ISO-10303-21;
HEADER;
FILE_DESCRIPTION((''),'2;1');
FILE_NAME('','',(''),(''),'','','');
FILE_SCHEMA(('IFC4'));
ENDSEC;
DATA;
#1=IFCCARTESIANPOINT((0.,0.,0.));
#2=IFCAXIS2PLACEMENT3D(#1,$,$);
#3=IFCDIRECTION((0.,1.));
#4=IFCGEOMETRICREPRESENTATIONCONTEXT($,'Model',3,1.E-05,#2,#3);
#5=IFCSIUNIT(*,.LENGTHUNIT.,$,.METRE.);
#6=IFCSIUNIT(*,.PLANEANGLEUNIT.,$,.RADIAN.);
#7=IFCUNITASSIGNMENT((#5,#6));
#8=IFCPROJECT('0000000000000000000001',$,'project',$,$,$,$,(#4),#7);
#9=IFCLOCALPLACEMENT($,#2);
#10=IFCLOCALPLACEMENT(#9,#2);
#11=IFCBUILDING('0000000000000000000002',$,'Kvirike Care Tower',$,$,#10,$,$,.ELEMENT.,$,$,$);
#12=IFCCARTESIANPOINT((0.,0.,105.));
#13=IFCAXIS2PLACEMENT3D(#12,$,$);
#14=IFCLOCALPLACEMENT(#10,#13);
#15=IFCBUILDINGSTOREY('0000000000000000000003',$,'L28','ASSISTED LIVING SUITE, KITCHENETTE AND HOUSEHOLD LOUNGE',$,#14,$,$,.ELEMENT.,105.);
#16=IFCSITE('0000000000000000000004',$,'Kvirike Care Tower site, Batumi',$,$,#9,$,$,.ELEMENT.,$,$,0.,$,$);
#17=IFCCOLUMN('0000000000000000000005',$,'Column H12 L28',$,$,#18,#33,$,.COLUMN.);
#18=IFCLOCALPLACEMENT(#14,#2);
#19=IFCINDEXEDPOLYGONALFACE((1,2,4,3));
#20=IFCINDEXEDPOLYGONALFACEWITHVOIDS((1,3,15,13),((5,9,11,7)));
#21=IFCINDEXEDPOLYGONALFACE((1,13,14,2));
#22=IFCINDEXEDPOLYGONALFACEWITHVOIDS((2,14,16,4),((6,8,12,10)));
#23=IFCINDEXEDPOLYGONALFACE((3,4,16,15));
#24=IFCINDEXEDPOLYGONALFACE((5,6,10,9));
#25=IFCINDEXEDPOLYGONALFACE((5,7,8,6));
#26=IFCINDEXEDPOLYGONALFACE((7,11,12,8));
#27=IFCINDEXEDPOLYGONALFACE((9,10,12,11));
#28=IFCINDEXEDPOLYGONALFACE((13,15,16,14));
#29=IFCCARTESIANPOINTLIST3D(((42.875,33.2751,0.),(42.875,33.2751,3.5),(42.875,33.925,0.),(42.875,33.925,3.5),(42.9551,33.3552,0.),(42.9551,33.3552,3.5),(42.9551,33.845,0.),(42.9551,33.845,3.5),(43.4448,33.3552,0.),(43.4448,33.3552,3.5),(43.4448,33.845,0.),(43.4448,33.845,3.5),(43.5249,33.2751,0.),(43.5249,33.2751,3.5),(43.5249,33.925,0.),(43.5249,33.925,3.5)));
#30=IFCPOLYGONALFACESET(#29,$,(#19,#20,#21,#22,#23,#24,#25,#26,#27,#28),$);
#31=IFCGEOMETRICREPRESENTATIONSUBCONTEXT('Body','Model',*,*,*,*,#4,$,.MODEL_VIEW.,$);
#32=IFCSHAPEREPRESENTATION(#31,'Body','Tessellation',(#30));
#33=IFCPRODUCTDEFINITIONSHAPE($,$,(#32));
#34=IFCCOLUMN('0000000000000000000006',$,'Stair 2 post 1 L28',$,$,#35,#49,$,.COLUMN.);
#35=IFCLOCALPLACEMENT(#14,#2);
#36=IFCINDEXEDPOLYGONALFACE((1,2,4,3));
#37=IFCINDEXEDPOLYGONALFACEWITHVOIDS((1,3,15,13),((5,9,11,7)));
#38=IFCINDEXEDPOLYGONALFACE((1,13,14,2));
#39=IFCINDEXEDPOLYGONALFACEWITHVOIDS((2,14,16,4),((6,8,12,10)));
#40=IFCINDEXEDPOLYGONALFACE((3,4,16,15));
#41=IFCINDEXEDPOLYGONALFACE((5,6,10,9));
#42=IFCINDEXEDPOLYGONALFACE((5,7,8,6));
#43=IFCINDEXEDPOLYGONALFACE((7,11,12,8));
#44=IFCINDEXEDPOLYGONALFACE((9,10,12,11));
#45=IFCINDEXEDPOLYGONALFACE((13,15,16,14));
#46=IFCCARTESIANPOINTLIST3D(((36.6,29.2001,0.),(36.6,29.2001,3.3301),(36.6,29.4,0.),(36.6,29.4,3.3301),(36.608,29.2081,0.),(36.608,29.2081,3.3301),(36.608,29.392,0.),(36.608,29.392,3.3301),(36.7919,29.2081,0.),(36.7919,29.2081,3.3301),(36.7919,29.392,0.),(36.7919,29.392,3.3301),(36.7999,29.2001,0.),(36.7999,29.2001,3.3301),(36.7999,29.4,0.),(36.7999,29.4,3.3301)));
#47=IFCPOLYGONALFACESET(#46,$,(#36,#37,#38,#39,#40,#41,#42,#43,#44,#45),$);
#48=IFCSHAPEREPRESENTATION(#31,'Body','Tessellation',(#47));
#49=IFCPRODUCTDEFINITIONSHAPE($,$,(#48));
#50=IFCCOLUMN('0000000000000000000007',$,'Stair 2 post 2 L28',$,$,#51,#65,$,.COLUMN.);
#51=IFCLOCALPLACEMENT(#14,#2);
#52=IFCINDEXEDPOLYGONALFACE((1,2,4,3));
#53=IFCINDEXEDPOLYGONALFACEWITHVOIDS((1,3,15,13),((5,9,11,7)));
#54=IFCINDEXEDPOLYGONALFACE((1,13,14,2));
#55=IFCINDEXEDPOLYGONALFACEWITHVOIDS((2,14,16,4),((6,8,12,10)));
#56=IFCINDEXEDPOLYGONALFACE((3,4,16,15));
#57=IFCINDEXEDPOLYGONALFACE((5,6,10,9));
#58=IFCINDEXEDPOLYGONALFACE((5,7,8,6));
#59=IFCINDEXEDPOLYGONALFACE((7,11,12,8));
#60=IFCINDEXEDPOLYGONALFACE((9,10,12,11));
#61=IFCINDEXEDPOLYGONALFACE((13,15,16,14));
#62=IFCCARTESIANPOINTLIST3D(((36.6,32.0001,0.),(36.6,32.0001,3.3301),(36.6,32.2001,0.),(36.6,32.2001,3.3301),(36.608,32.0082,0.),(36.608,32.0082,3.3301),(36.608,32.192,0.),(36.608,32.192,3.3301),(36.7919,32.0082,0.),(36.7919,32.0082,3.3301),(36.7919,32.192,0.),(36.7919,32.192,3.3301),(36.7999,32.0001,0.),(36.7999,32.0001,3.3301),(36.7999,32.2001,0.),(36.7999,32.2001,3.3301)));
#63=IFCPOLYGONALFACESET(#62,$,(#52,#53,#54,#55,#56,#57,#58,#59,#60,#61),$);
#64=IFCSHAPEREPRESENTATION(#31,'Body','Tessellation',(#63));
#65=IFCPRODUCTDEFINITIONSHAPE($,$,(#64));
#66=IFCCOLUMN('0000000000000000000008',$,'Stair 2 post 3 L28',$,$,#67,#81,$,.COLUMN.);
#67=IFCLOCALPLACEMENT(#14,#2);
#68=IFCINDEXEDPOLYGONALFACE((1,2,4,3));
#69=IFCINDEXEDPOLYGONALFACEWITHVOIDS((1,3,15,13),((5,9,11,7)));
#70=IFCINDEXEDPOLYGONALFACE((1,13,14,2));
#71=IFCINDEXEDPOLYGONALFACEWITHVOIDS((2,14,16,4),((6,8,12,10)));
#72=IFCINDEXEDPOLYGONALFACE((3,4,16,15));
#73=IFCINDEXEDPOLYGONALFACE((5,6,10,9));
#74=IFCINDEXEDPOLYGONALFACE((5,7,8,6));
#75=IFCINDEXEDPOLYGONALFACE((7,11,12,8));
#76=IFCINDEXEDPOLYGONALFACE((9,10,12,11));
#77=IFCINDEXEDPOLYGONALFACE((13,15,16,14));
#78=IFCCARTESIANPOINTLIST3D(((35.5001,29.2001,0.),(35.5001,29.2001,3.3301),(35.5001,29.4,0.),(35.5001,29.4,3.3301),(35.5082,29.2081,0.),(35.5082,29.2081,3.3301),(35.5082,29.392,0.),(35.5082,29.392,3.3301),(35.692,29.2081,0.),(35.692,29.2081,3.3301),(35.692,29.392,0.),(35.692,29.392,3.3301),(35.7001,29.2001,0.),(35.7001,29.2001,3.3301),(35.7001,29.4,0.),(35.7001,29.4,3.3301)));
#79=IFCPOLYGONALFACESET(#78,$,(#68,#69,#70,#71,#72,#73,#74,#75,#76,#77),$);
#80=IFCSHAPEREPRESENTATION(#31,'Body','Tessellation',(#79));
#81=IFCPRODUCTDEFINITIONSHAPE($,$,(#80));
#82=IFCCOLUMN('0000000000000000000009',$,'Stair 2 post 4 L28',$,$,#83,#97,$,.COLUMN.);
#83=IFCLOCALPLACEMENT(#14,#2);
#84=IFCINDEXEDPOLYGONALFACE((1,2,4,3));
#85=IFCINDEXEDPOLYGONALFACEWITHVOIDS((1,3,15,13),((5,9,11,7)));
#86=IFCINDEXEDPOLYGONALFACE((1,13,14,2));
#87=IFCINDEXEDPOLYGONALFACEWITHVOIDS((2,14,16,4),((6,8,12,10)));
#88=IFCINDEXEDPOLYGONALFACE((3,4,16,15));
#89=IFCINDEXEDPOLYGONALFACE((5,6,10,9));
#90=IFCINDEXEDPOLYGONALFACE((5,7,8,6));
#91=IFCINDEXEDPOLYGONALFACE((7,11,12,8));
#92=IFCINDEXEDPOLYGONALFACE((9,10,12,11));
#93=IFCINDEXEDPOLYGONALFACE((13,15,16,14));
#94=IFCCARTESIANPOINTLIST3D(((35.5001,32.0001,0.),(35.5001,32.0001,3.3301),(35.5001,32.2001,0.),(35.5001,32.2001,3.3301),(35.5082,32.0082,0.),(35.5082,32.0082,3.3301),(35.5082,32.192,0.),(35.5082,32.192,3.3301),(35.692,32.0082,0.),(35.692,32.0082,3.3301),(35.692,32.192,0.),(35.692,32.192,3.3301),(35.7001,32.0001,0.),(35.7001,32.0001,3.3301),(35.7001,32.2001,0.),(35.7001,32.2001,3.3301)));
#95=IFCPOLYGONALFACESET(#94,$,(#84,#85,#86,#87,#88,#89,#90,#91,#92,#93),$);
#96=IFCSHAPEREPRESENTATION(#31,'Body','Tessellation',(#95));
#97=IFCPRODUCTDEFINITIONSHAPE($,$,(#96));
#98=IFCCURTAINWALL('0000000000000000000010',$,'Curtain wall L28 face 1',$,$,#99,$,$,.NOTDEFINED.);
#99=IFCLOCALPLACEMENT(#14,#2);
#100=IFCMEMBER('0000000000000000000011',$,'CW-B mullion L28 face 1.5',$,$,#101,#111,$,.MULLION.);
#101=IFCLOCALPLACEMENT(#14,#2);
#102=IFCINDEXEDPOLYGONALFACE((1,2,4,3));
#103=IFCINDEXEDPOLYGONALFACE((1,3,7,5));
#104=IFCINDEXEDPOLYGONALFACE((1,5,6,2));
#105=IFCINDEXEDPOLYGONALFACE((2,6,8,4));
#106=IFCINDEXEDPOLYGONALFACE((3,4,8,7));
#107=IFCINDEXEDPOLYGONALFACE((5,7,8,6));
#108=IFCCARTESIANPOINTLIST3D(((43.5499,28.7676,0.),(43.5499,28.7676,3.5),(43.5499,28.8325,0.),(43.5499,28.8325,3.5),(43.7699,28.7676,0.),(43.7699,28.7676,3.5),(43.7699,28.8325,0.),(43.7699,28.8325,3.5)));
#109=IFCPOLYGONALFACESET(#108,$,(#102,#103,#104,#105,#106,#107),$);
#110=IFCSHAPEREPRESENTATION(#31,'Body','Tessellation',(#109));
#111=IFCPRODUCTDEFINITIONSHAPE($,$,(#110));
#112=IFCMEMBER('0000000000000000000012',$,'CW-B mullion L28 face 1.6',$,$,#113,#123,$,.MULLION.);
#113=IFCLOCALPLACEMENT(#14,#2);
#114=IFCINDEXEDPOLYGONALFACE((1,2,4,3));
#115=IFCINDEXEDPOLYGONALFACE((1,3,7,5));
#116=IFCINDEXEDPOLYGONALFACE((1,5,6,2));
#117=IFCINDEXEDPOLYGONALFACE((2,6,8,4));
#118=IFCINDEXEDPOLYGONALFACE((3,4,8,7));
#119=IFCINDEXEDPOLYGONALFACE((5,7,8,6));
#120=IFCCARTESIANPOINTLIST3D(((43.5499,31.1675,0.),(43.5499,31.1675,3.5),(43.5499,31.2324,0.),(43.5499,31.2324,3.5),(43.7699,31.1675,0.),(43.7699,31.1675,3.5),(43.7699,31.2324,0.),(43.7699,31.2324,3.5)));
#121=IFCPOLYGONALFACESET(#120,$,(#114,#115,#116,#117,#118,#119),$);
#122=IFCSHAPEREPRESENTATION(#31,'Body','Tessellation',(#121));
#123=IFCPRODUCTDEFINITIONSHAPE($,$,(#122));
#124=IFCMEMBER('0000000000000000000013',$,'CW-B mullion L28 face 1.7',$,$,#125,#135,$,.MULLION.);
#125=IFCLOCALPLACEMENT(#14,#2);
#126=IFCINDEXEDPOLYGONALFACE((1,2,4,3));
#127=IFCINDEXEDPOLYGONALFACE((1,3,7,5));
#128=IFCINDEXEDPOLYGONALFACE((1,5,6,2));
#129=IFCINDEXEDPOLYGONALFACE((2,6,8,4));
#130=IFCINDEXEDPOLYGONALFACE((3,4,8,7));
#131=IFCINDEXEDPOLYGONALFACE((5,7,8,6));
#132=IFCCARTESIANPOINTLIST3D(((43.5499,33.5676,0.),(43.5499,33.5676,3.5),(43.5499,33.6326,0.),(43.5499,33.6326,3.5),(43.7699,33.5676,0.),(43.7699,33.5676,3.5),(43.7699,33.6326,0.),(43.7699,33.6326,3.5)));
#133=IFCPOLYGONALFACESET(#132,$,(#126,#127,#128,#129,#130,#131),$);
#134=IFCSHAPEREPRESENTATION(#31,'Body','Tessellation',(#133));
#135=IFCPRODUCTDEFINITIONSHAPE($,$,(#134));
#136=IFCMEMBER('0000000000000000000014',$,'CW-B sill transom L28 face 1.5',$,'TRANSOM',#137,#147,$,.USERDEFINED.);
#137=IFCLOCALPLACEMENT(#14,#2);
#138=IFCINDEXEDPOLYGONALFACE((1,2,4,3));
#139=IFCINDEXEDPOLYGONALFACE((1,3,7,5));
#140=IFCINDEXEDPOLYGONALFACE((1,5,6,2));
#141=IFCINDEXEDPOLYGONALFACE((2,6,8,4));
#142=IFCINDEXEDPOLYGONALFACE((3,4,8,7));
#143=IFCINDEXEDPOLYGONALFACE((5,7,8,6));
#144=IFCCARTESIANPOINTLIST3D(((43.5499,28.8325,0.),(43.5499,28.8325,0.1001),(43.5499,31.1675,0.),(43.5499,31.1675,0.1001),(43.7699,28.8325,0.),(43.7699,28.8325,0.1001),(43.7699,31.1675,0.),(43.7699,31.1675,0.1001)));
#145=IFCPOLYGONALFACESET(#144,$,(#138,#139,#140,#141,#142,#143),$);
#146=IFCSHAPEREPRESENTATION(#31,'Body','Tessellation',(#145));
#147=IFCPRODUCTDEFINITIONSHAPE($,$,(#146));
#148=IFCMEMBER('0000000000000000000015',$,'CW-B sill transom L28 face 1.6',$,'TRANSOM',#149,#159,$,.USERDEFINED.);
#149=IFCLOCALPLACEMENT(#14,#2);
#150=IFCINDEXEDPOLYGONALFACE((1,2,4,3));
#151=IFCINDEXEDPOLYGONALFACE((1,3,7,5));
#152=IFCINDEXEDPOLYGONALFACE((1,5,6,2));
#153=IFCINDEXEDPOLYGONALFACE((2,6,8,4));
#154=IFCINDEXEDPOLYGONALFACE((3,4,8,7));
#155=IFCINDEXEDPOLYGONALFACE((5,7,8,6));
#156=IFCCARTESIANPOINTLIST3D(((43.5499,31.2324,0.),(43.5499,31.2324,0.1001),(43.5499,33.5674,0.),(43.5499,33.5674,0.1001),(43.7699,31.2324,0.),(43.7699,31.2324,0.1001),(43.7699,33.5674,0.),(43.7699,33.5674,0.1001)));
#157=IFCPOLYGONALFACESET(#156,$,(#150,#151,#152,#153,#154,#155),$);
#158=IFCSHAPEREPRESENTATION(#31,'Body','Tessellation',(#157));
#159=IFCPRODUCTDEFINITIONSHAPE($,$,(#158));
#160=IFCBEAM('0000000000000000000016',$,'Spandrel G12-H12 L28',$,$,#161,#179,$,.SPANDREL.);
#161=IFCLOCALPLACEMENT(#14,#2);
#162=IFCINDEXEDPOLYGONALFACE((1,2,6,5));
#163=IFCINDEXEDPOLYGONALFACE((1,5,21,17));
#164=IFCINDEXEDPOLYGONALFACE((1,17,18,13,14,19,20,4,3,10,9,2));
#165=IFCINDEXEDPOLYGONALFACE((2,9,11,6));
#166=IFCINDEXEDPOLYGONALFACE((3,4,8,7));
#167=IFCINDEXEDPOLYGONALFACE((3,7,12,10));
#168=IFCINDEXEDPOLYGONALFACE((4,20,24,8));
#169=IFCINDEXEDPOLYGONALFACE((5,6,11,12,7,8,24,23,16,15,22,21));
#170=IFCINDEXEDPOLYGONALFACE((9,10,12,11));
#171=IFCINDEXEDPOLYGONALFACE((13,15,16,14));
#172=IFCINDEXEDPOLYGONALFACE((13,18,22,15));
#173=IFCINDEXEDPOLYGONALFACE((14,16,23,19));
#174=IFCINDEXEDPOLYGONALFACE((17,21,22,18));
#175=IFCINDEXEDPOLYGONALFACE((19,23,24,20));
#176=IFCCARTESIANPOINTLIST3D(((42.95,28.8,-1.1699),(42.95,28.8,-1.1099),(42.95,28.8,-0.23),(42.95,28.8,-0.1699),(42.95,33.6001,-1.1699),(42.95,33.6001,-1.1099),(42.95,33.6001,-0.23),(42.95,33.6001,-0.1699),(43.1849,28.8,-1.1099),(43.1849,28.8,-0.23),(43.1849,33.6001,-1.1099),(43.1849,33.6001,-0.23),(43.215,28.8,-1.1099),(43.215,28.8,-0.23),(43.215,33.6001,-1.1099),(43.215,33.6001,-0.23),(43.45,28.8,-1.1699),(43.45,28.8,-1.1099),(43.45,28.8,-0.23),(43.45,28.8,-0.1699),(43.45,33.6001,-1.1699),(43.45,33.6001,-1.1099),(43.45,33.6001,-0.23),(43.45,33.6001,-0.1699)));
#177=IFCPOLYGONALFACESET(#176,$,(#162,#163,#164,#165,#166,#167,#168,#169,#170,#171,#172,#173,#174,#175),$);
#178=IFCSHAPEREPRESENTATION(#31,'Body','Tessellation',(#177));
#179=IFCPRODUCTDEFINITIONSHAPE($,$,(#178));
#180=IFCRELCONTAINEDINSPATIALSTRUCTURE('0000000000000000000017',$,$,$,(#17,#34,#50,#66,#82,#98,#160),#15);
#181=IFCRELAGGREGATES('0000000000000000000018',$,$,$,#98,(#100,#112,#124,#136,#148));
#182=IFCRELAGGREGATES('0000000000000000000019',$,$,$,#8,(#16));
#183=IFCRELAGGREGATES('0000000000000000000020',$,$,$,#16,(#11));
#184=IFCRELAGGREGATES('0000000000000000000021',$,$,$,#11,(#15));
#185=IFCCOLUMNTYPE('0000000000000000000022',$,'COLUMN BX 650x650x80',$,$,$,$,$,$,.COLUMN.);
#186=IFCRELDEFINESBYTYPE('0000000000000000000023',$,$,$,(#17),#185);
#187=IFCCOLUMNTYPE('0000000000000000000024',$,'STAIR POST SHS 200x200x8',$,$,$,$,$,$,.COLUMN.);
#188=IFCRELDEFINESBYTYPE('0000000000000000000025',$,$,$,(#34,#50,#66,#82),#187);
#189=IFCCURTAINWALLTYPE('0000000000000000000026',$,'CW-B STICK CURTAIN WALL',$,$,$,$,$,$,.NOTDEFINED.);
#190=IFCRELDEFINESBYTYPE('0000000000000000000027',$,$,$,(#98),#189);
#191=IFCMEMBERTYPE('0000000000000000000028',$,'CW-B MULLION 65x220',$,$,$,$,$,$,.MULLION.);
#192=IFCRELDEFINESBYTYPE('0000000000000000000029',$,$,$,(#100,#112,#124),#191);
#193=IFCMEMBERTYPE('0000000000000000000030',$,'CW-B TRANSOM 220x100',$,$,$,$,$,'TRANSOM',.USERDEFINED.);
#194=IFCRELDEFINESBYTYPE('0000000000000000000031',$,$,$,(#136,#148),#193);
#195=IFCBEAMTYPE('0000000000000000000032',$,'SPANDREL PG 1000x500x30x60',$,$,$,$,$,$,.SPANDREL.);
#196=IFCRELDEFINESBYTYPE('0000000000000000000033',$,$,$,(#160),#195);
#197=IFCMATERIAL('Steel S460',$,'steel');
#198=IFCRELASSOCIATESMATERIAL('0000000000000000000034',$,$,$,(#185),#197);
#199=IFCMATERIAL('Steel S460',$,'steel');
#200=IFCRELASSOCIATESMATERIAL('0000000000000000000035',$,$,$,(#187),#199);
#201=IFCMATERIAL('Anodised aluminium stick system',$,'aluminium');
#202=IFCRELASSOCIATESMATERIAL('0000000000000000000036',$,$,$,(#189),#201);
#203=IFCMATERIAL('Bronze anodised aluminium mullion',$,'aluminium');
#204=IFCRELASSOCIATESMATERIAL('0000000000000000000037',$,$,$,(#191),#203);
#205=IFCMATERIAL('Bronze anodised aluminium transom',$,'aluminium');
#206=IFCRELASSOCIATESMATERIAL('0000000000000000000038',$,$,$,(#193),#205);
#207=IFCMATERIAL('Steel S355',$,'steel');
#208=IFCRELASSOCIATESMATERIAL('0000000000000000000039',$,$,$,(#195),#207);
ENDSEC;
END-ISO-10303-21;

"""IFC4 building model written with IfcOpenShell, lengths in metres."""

from ifc_helpers import new_model, si_unit, direction, frame, origin, origin_2d, place, context, subcontext, project, spatial, rectangle, hollow_rectangle, i_section, extrude, material, material_profile, profile_set, type_object, element, aggregate, save


model = new_model("IFC4")

# Units and contexts
model_context = context("Model", 3, precision=1e-05, world=origin(), true_north=direction((0.0, 1.0)))
body_context = subcontext(model_context, "Body", "Model", "MODEL_VIEW")
ifc_project = project(units=[si_unit("LENGTHUNIT", "METRE"), si_unit("PLANEANGLEUNIT", "RADIAN")], contexts=[model_context])

# Site, building, storey
site_placement = place(None, origin())
site = spatial("IfcSite", under=ifc_project, at=site_placement, Name="Kvirike Care Tower site, Batumi", CompositionType="ELEMENT", RefElevation=0.0)
building_placement = place(site_placement, origin())
building = spatial("IfcBuilding", under=site, at=building_placement, Name="Kvirike Care Tower", CompositionType="ELEMENT")
storey_placement = place(building_placement, frame((0.0, 0.0, 105.0)))
storey = spatial("IfcBuildingStorey", under=building, at=storey_placement, Name="L28", Description="ASSISTED LIVING SUITE, KITCHENETTE AND HOUSEHOLD LOUNGE", CompositionType="ELEMENT", Elevation=105.0)

# Columns
ifc_material_1 = material(Name="Steel S460", Category="steel")
ifc_material_profile_1 = material_profile(ifc_material_1, hollow_rectangle(XDim=0.6499, YDim=0.6499, WallThickness=0.0801, at=origin_2d()), Name="BX 650x650x80")
ifc_profile_set_1 = profile_set([ifc_material_profile_1], Name="Steel S460")
column_type_1 = type_object("IfcColumnType", Name="COLUMN BX 650x650x80", PredefinedType="COLUMN", material=ifc_profile_set_1)
column_placement = place(storey_placement, frame((43.2, 33.6001, 0.0), z_axis=(0.0, 0.0, 1.0), x_axis=(1.0, 0.0, 0.0)))
element("IfcColumn", 1, at=column_placement, inside=storey, type_object=column_type_1, Name="Column H12 L28", PredefinedType="COLUMN", context=body_context, shape_type="SweptSolid", body=[
    extrude(hollow_rectangle(XDim=0.6499, YDim=0.6499, WallThickness=0.0801, at=origin_2d()), origin(), (0.0, 0.0, 1.0), 3.5),
])
ifc_material_2 = material(Name="Steel S460", Category="steel")
ifc_material_profile_2 = material_profile(ifc_material_2, hollow_rectangle(XDim=0.2, YDim=0.2, WallThickness=0.0081, at=origin_2d()), Name="SHS 200x200x8")
ifc_profile_set_2 = profile_set([ifc_material_profile_2], Name="Steel S460")
column_type_2 = type_object("IfcColumnType", Name="STAIR POST SHS 200x200x8", PredefinedType="COLUMN", material=ifc_profile_set_2)
for number, where, z_axis, x_axis, name in (
    (2, (36.7, 29.3, 0.0), (0.0, 0.0, 1.0), (1.0, 0.0, 0.0), "Stair 2 post 1 L28"),
    (3, (36.7, 32.1001, 0.0), (0.0, 0.0, 1.0), (1.0, 0.0, 0.0), "Stair 2 post 2 L28"),
    (4, (35.6001, 29.3, 0.0), (0.0, 0.0, 1.0), (1.0, 0.0, 0.0), "Stair 2 post 3 L28"),
    (5, (35.6001, 32.1001, 0.0), (0.0, 0.0, 1.0), (1.0, 0.0, 0.0), "Stair 2 post 4 L28"),
):
    element("IfcColumn", number, at=place(storey_placement, frame(where, z_axis=z_axis, x_axis=x_axis)), inside=storey, type_object=column_type_2, Name=name, PredefinedType="COLUMN", context=body_context, shape_type="SweptSolid", body=[
        extrude(hollow_rectangle(XDim=0.2, YDim=0.2, WallThickness=0.0081, at=origin_2d()), origin(), (0.0, 0.0, 1.0), 3.3301),
    ])

# Curtain wall, members
ifc_material_3 = material(Name="Anodised aluminium stick system", Category="aluminium")
curtain_wall_type = type_object("IfcCurtainWallType", Name="CW-B STICK CURTAIN WALL", PredefinedType="NOTDEFINED", material=ifc_material_3)
curtain_wall_placement = place(storey_placement, origin())
curtain_wall = element("IfcCurtainWall", 6, at=curtain_wall_placement, inside=storey, type_object=curtain_wall_type, Name="Curtain wall L28 face 1", PredefinedType="NOTDEFINED")
ifc_material_4 = material(Name="Bronze anodised aluminium mullion", Category="aluminium")
ifc_material_profile_3 = material_profile(ifc_material_4, rectangle(XDim=0.0649, YDim=0.22, at=origin_2d()), Name="CW-B MULLION 65x220")
ifc_profile_set_3 = profile_set([ifc_material_profile_3], Name="Bronze anodised aluminium mullion")
member_type_1 = type_object("IfcMemberType", Name="CW-B MULLION 65x220", PredefinedType="MULLION", material=ifc_profile_set_3)
member_1_placement = place(storey_placement, frame((43.6599, 28.8, 0.0), z_axis=(0.0, 0.0, 1.0), x_axis=(0.0, 1.0, 0.0)))
member_1 = element("IfcMember", 7, at=member_1_placement, type_object=member_type_1, Name="CW-B mullion L28 face 1.5", PredefinedType="MULLION", context=body_context, shape_type="SweptSolid", body=[
    extrude(rectangle(XDim=0.0649, YDim=0.22, at=origin_2d()), origin(), (0.0, 0.0, 1.0), 3.5),
])
member_2_placement = place(storey_placement, frame((43.6599, 31.2, 0.0), z_axis=(0.0, 0.0, 1.0), x_axis=(0.0, 1.0, 0.0)))
member_2 = element("IfcMember", 8, at=member_2_placement, type_object=member_type_1, Name="CW-B mullion L28 face 1.6", PredefinedType="MULLION", context=body_context, shape_type="SweptSolid", body=[
    extrude(rectangle(XDim=0.0649, YDim=0.22, at=origin_2d()), origin(), (0.0, 0.0, 1.0), 3.5),
])
member_3_placement = place(storey_placement, frame((43.6599, 33.6001, 0.0), z_axis=(0.0, 0.0, 1.0), x_axis=(0.0, 1.0, 0.0)))
member_3 = element("IfcMember", 9, at=member_3_placement, type_object=member_type_1, Name="CW-B mullion L28 face 1.7", PredefinedType="MULLION", context=body_context, shape_type="SweptSolid", body=[
    extrude(rectangle(XDim=0.0649, YDim=0.22, at=origin_2d()), origin(), (0.0, 0.0, 1.0), 3.5),
])
ifc_material_5 = material(Name="Bronze anodised aluminium transom", Category="aluminium")
ifc_material_profile_4 = material_profile(ifc_material_5, rectangle(XDim=0.22, YDim=0.1001, at=origin_2d()), Name="CW-B TRANSOM 220x100")
ifc_profile_set_4 = profile_set([ifc_material_profile_4], Name="Bronze anodised aluminium transom")
member_type_2 = type_object("IfcMemberType", Name="CW-B TRANSOM 220x100", ElementType="TRANSOM", PredefinedType="USERDEFINED", material=ifc_profile_set_4)
member_4_placement = place(storey_placement, frame((43.6599, 28.8325, 0.05), z_axis=(0.0, 1.0, 0.0), x_axis=(-1.0, 0.0, 0.0)))
member_4 = element("IfcMember", 10, at=member_4_placement, type_object=member_type_2, Name="CW-B sill transom L28 face 1.5", ObjectType="TRANSOM", PredefinedType="USERDEFINED", context=body_context, shape_type="SweptSolid", body=[
    extrude(rectangle(XDim=0.22, YDim=0.1001, at=origin_2d()), origin(), (0.0, 0.0, 1.0), 2.335),
])
member_5_placement = place(storey_placement, frame((43.6599, 31.2324, 0.05), z_axis=(0.0, 1.0, 0.0), x_axis=(-1.0, 0.0, 0.0)))
member_5 = element("IfcMember", 11, at=member_5_placement, type_object=member_type_2, Name="CW-B sill transom L28 face 1.6", ObjectType="TRANSOM", PredefinedType="USERDEFINED", context=body_context, shape_type="SweptSolid", body=[
    extrude(rectangle(XDim=0.22, YDim=0.1001, at=origin_2d()), origin(), (0.0, 0.0, 1.0), 2.335),
])

# Beam
ifc_material_6 = material(Name="Steel S355", Category="steel")
ifc_material_profile_5 = material_profile(ifc_material_6, i_section(OverallWidth=0.5, OverallDepth=1.0, WebThickness=0.03, FlangeThickness=0.0601, at=origin_2d()), Name="PG 1000x500x30x60")
ifc_profile_set_5 = profile_set([ifc_material_profile_5], Name="Steel S355")
beam_type_1 = type_object("IfcBeamType", Name="SPANDREL PG 1000x500x30x60", PredefinedType="SPANDREL", material=ifc_profile_set_5)
beam_1_placement = place(storey_placement, frame((43.2, 28.8, -0.6699), z_axis=(0.0, 1.0, 0.0), x_axis=(-1.0, 0.0, 0.0)))
element("IfcBeam", 12, at=beam_1_placement, inside=storey, type_object=beam_type_1, Name="Spandrel G12-H12 L28", PredefinedType="SPANDREL", context=body_context, shape_type="SweptSolid", body=[
    extrude(i_section(OverallWidth=0.5, OverallDepth=1.0, WebThickness=0.03, FlangeThickness=0.0601, at=origin_2d()), origin(), (0.0, 0.0, 1.0), 4.8),
])

aggregate(curtain_wall, [member_1, member_2, member_3, member_4, member_5])

save(model, "model.ifc")
